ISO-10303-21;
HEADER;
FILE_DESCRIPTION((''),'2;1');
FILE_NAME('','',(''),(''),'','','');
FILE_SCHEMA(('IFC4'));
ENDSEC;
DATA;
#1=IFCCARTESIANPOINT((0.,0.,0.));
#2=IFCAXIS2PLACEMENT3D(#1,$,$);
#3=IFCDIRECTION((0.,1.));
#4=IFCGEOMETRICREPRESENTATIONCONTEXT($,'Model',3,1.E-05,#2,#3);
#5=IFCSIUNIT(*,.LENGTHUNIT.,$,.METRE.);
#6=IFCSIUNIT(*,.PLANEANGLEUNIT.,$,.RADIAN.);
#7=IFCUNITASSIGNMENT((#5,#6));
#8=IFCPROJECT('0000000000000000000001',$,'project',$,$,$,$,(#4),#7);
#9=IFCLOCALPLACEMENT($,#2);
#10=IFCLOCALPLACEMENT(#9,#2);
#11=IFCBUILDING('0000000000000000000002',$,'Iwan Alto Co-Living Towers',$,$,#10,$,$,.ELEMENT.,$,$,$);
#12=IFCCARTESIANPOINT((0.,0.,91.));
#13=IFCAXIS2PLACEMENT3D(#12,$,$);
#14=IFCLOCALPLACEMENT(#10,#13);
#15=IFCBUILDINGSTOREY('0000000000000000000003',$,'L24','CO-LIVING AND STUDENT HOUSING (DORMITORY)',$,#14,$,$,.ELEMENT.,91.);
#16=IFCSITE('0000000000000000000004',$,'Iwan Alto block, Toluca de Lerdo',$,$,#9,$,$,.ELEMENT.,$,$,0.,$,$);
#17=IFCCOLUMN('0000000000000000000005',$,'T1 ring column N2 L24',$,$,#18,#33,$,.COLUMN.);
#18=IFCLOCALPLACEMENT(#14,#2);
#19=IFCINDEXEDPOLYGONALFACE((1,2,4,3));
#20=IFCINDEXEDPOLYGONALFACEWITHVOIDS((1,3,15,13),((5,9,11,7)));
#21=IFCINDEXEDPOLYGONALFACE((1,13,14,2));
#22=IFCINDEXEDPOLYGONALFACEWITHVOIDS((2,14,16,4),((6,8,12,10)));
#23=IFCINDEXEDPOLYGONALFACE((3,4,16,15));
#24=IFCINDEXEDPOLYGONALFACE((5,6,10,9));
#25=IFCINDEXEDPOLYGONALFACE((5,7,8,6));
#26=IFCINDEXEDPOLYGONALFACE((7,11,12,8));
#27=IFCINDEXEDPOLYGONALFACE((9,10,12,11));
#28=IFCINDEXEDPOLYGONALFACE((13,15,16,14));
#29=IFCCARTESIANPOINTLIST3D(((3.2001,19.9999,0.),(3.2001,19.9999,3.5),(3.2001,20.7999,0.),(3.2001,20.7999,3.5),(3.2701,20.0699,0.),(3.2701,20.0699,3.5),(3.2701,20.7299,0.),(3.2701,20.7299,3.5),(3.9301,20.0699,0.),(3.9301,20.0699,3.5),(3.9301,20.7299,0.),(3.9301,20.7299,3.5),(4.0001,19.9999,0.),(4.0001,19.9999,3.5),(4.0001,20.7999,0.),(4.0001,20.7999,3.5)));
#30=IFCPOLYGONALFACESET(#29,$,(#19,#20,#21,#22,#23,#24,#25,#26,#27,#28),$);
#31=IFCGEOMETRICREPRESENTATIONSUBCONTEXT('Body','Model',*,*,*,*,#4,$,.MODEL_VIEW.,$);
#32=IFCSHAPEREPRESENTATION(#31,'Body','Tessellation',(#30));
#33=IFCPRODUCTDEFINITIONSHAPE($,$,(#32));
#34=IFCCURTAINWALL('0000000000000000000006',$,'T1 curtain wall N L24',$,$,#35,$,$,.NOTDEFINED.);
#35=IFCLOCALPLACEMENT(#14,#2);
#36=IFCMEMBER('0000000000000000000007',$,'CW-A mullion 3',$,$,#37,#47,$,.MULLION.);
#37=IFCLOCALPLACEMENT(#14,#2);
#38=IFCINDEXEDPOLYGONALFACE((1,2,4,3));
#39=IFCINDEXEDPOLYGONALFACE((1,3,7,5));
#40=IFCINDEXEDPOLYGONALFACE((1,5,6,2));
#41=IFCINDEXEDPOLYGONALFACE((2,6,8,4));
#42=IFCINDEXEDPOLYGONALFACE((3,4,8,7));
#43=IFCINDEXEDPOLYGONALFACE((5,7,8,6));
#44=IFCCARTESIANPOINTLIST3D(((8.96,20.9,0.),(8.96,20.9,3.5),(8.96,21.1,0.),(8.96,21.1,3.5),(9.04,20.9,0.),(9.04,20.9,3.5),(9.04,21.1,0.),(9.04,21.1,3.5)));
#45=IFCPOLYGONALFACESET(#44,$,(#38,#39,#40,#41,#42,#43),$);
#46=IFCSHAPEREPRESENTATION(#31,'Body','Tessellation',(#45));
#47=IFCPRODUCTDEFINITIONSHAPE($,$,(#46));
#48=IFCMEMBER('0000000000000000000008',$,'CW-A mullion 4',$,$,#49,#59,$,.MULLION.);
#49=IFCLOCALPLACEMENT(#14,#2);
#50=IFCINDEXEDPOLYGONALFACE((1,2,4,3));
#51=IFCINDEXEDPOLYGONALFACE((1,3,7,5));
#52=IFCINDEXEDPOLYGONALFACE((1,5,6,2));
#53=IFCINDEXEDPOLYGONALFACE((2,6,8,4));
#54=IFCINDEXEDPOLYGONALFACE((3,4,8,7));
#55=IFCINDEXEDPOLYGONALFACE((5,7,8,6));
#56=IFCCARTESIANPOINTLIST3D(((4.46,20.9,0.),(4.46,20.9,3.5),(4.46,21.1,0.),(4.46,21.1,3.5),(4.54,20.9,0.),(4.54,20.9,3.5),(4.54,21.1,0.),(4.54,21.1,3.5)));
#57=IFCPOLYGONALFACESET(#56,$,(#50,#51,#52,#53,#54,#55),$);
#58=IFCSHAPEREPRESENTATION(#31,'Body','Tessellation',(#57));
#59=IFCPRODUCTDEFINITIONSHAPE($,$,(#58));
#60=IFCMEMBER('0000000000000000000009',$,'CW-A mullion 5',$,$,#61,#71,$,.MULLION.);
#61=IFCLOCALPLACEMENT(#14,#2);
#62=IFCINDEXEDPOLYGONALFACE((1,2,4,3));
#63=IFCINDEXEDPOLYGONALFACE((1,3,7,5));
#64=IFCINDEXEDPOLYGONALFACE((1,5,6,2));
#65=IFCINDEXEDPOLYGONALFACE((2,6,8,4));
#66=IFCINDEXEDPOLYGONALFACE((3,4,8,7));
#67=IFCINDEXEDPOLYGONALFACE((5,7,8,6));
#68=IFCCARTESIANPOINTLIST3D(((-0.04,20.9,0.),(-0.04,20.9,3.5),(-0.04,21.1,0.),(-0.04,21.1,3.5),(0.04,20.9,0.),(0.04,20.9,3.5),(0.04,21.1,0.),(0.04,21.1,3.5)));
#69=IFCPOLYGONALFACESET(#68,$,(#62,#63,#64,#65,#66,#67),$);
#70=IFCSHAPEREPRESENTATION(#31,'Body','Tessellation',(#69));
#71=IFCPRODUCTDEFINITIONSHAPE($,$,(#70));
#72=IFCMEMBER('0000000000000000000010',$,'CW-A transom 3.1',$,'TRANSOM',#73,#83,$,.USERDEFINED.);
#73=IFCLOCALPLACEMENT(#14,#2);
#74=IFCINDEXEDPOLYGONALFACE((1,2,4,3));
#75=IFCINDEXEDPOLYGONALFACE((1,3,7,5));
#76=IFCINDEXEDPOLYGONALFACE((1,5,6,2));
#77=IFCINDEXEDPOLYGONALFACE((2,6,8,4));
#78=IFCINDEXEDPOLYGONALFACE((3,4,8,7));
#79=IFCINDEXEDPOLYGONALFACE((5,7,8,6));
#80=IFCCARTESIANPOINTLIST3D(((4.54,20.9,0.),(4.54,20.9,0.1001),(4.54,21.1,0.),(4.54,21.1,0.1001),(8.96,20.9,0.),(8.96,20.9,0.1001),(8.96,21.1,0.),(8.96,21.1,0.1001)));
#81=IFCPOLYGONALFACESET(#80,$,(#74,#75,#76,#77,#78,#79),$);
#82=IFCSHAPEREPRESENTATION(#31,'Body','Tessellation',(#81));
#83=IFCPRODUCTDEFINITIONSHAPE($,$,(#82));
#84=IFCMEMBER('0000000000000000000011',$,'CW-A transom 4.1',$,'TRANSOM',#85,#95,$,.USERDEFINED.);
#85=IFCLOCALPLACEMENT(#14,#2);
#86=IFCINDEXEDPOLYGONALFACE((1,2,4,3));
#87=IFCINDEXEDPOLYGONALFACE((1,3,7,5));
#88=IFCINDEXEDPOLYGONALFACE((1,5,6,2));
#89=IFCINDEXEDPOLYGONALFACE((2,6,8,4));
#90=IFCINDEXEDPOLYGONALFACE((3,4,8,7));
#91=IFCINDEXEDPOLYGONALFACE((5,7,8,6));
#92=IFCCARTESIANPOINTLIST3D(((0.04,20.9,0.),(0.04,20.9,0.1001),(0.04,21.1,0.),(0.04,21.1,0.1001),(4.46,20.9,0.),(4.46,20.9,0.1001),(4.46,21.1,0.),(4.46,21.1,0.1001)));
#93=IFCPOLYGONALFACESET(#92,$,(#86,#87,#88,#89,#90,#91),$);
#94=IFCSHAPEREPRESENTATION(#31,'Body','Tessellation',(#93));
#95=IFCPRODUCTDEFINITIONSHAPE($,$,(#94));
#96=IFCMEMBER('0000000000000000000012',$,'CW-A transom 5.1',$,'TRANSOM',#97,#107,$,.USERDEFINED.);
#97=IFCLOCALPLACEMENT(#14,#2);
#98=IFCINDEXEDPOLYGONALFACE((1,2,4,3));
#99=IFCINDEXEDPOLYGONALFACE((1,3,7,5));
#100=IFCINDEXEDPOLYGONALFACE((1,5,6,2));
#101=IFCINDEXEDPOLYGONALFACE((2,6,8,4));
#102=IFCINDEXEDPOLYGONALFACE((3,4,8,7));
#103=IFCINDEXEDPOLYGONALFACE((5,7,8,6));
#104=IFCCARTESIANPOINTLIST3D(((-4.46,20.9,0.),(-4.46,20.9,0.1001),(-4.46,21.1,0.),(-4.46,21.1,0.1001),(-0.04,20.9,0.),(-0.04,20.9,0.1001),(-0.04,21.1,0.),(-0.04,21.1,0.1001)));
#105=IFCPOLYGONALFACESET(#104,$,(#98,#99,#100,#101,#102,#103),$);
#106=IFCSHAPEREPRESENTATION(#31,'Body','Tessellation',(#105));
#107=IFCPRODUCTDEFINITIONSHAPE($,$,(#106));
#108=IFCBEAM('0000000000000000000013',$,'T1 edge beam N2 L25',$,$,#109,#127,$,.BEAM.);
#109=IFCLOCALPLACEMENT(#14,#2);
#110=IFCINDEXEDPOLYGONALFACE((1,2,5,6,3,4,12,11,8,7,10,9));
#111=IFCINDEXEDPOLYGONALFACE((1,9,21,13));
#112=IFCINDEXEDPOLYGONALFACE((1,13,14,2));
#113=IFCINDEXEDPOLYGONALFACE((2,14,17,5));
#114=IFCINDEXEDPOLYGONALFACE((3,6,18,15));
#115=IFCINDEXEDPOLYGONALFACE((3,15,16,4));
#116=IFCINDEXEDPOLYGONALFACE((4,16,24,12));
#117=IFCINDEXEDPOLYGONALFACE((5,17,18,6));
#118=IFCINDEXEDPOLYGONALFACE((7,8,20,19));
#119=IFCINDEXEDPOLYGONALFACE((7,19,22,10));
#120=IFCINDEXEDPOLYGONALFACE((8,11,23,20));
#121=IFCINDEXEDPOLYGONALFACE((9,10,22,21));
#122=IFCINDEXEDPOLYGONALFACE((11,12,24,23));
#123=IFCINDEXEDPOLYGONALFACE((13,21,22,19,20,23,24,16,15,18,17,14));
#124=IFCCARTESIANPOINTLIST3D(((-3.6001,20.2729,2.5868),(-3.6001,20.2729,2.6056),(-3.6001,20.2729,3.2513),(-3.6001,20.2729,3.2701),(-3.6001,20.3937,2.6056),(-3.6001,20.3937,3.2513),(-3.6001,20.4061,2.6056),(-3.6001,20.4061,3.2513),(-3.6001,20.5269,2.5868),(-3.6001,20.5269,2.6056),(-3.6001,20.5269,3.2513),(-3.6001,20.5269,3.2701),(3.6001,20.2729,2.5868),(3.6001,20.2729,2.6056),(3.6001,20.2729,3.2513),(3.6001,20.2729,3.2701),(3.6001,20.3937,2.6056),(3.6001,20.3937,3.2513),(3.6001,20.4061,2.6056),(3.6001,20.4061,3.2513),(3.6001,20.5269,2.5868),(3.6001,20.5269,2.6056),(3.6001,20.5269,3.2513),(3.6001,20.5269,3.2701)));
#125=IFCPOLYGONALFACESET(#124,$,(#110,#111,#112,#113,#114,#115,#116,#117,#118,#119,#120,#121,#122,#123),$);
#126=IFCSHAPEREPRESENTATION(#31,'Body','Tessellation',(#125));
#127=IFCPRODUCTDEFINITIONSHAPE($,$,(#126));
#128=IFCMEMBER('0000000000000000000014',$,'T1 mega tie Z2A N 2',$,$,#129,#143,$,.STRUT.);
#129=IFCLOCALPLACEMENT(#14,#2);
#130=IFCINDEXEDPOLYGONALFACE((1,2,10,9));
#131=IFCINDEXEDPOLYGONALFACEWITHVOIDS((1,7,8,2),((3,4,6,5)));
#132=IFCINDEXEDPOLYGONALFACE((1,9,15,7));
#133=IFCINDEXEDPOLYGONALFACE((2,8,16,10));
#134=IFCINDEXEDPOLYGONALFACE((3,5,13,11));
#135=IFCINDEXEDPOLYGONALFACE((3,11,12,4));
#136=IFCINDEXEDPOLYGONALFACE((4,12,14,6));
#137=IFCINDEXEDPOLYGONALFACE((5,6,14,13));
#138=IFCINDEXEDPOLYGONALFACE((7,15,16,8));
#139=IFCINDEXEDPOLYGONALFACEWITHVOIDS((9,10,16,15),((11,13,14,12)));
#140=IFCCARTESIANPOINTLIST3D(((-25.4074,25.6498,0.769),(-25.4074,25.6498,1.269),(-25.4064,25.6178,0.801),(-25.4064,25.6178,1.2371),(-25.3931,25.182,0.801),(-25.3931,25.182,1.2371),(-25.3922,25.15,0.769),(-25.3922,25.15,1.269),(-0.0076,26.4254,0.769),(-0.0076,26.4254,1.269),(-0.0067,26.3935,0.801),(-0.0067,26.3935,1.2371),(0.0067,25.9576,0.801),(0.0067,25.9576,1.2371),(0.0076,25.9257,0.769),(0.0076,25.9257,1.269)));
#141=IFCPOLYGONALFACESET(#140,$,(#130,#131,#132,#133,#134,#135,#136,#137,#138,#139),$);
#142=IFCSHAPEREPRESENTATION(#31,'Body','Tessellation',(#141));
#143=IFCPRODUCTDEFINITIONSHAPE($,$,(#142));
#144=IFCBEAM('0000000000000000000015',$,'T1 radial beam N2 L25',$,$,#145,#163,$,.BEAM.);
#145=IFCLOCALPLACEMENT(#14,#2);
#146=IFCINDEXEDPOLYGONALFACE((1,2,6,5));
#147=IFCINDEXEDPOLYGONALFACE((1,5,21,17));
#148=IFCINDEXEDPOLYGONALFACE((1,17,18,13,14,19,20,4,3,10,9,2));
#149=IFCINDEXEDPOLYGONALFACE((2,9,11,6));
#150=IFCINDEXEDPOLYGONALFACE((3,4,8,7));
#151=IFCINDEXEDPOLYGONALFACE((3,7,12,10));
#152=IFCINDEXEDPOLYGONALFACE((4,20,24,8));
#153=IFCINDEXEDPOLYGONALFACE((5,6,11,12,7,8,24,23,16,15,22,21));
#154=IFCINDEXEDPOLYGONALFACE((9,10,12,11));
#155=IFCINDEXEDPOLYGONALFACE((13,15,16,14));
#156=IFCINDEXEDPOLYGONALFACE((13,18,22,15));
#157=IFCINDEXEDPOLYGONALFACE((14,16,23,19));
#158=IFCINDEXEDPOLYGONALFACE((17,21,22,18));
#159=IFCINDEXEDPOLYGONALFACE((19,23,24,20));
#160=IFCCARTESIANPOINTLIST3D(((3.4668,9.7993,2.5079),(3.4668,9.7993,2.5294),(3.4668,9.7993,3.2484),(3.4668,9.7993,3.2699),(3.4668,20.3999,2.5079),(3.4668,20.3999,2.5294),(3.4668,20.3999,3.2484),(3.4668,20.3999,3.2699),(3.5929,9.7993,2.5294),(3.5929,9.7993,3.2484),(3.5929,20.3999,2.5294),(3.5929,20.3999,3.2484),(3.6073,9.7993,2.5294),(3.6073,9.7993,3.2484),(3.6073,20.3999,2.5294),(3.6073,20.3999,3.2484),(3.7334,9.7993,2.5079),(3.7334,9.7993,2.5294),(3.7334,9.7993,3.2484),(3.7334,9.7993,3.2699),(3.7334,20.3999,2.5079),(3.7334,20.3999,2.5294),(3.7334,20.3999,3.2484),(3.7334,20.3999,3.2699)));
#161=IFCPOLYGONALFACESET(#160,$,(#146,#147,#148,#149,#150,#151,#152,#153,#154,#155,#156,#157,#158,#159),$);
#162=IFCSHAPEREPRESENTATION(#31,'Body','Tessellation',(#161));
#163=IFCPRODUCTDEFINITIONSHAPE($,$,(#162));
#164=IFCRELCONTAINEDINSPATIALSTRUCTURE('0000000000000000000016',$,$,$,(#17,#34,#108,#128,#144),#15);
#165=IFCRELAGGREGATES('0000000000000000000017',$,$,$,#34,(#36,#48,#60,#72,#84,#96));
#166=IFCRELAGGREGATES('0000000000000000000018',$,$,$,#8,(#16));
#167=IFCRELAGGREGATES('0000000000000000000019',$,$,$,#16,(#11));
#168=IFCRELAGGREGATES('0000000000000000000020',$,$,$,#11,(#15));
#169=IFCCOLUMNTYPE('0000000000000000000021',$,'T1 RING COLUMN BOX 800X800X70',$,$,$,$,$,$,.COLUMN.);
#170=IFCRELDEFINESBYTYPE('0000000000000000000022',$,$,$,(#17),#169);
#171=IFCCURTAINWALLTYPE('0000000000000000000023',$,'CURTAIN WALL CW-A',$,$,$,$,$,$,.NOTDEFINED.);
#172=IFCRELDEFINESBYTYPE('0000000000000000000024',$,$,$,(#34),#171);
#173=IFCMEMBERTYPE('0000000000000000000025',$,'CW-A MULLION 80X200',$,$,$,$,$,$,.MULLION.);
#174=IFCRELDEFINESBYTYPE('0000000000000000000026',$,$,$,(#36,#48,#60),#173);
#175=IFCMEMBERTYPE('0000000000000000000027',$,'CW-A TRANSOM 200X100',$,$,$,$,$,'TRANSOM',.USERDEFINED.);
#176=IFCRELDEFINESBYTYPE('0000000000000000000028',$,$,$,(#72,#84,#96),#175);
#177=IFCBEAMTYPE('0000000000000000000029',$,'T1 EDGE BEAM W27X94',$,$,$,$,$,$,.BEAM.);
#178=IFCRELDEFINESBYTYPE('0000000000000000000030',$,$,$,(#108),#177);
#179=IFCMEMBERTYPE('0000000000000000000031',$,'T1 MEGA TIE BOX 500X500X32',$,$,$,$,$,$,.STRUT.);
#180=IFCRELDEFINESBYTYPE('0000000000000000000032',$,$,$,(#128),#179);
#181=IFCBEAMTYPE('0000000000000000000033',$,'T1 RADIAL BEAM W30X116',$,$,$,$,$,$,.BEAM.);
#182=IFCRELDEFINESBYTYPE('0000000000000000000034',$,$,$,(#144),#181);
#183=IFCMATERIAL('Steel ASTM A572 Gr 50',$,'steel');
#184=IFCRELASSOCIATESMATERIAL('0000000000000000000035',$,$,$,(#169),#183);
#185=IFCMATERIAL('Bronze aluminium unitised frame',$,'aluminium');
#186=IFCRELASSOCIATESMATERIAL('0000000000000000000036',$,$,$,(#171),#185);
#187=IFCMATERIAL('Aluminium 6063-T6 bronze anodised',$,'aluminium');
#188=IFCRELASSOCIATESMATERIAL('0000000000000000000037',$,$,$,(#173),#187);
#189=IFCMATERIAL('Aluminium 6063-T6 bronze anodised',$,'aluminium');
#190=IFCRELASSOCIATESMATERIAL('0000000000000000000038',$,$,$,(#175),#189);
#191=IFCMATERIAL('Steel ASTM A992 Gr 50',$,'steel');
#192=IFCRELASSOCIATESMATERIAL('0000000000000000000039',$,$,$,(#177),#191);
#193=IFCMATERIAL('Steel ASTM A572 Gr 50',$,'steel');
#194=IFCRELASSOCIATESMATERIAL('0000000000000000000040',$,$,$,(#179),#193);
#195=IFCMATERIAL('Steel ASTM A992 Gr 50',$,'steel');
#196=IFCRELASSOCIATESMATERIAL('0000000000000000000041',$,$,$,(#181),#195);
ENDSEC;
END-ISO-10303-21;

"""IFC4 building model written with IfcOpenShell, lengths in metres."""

from ifc_helpers import new_model, si_unit, direction, frame, origin, origin_2d, place, context, subcontext, project, spatial, rectangle, hollow_rectangle, i_section, extrude, material, material_profile, profile_set, type_object, element, aggregate, save


model = new_model("IFC4")

# Units and contexts
model_context = context("Model", 3, precision=1e-05, world=origin(), true_north=direction((0.0, 1.0)))
body_context = subcontext(model_context, "Body", "Model", "MODEL_VIEW")
ifc_project = project(units=[si_unit("LENGTHUNIT", "METRE"), si_unit("PLANEANGLEUNIT", "RADIAN")], contexts=[model_context])

# Site, building, storey
site_placement = place(None, origin())
site = spatial("IfcSite", under=ifc_project, at=site_placement, Name="Iwan Alto block, Toluca de Lerdo", CompositionType="ELEMENT", RefElevation=0.0)
building_placement = place(site_placement, origin())
building = spatial("IfcBuilding", under=site, at=building_placement, Name="Iwan Alto Co-Living Towers", CompositionType="ELEMENT")
storey_placement = place(building_placement, frame((0.0, 0.0, 91.0)))
storey = spatial("IfcBuildingStorey", under=building, at=storey_placement, Name="L24", Description="CO-LIVING AND STUDENT HOUSING (DORMITORY)", CompositionType="ELEMENT", Elevation=91.0)

# Column
ifc_material_1 = material(Name="Steel ASTM A572 Gr 50", Category="steel")
ifc_material_profile_1 = material_profile(ifc_material_1, hollow_rectangle(XDim=0.8, YDim=0.8, WallThickness=0.0701, at=origin_2d()), Name="BOX 800X800X70")
ifc_profile_set_1 = profile_set([ifc_material_profile_1], Name="Steel ASTM A572 Gr 50")
column_type = type_object("IfcColumnType", Name="T1 RING COLUMN BOX 800X800X70", PredefinedType="COLUMN", material=ifc_profile_set_1)
column_placement = place(storey_placement, frame((3.6001, 20.3999, 0.0), z_axis=(0.0, 0.0, 1.0), x_axis=(1.0, 0.0, 0.0)))
element("IfcColumn", 1, at=column_placement, inside=storey, type_object=column_type, Name="T1 ring column N2 L24", PredefinedType="COLUMN", context=body_context, shape_type="SweptSolid", body=[
    extrude(hollow_rectangle(XDim=0.8, YDim=0.8, WallThickness=0.0701, at=origin_2d()), origin(), (0.0, 0.0, 1.0), 3.5),
])

# Curtain wall, members
ifc_material_2 = material(Name="Bronze aluminium unitised frame", Category="aluminium")
curtain_wall_type = type_object("IfcCurtainWallType", Name="CURTAIN WALL CW-A", PredefinedType="NOTDEFINED", material=ifc_material_2)
curtain_wall_placement = place(storey_placement, origin())
curtain_wall = element("IfcCurtainWall", 2, at=curtain_wall_placement, inside=storey, type_object=curtain_wall_type, Name="T1 curtain wall N L24", PredefinedType="NOTDEFINED")
ifc_material_3 = material(Name="Aluminium 6063-T6 bronze anodised", Category="aluminium")
ifc_material_profile_2 = material_profile(ifc_material_3, rectangle(XDim=0.2, YDim=0.0801, at=origin_2d()), Name="AL 80X200")
ifc_profile_set_2 = profile_set([ifc_material_profile_2], Name="Aluminium 6063-T6 bronze anodised")
member_type_1 = type_object("IfcMemberType", Name="CW-A MULLION 80X200", PredefinedType="MULLION", material=ifc_profile_set_2)
member_1_placement = place(storey_placement, frame((9.0, 21.0, 0.0), z_axis=(0.0, 0.0, 1.0), x_axis=(0.0, -1.0, 0.0)))
member_1 = element("IfcMember", 3, at=member_1_placement, type_object=member_type_1, Name="CW-A mullion 3", PredefinedType="MULLION", context=body_context, shape_type="SweptSolid", body=[
    extrude(rectangle(XDim=0.2, YDim=0.0801, at=origin_2d()), origin(), (0.0, 0.0, 1.0), 3.5),
])
member_2_placement = place(storey_placement, frame((4.5, 21.0, 0.0), z_axis=(0.0, 0.0, 1.0), x_axis=(0.0, -1.0, 0.0)))
member_2 = element("IfcMember", 4, at=member_2_placement, type_object=member_type_1, Name="CW-A mullion 4", PredefinedType="MULLION", context=body_context, shape_type="SweptSolid", body=[
    extrude(rectangle(XDim=0.2, YDim=0.0801, at=origin_2d()), origin(), (0.0, 0.0, 1.0), 3.5),
])
member_3_placement = place(storey_placement, frame((0.0, 21.0, 0.0), z_axis=(0.0, 0.0, 1.0), x_axis=(0.0, -1.0, 0.0)))
member_3 = element("IfcMember", 5, at=member_3_placement, type_object=member_type_1, Name="CW-A mullion 5", PredefinedType="MULLION", context=body_context, shape_type="SweptSolid", body=[
    extrude(rectangle(XDim=0.2, YDim=0.0801, at=origin_2d()), origin(), (0.0, 0.0, 1.0), 3.5),
])
ifc_material_4 = material(Name="Aluminium 6063-T6 bronze anodised", Category="aluminium")
ifc_material_profile_3 = material_profile(ifc_material_4, rectangle(XDim=0.2, YDim=0.1001, at=origin_2d()), Name="AL 200X100")
ifc_profile_set_3 = profile_set([ifc_material_profile_3], Name="Aluminium 6063-T6 bronze anodised")
member_type_2 = type_object("IfcMemberType", Name="CW-A TRANSOM 200X100", ElementType="TRANSOM", PredefinedType="USERDEFINED", material=ifc_profile_set_3)
member_4_placement = place(storey_placement, frame((8.96, 21.0, 0.05), z_axis=(-1.0, 0.0, 0.0), x_axis=(0.0, -1.0, 0.0)))
member_4 = element("IfcMember", 6, at=member_4_placement, type_object=member_type_2, Name="CW-A transom 3.1", ObjectType="TRANSOM", PredefinedType="USERDEFINED", context=body_context, shape_type="SweptSolid", body=[
    extrude(rectangle(XDim=0.2, YDim=0.1001, at=origin_2d()), origin(), (0.0, 0.0, 1.0), 4.4199),
])
member_5_placement = place(storey_placement, frame((4.46, 21.0, 0.05), z_axis=(-1.0, 0.0, 0.0), x_axis=(0.0, -1.0, 0.0)))
member_5 = element("IfcMember", 7, at=member_5_placement, type_object=member_type_2, Name="CW-A transom 4.1", ObjectType="TRANSOM", PredefinedType="USERDEFINED", context=body_context, shape_type="SweptSolid", body=[
    extrude(rectangle(XDim=0.2, YDim=0.1001, at=origin_2d()), origin(), (0.0, 0.0, 1.0), 4.4199),
])
member_6_placement = place(storey_placement, frame((-0.04, 21.0, 0.05), z_axis=(-1.0, 0.0, 0.0), x_axis=(0.0, -1.0, 0.0)))
member_6 = element("IfcMember", 8, at=member_6_placement, type_object=member_type_2, Name="CW-A transom 5.1", ObjectType="TRANSOM", PredefinedType="USERDEFINED", context=body_context, shape_type="SweptSolid", body=[
    extrude(rectangle(XDim=0.2, YDim=0.1001, at=origin_2d()), origin(), (0.0, 0.0, 1.0), 4.4199),
])

# Beam
ifc_material_5 = material(Name="Steel ASTM A992 Gr 50", Category="steel")
ifc_material_profile_4 = material_profile(ifc_material_5, i_section(OverallWidth=0.2539, OverallDepth=0.6833, WebThickness=0.0125, FlangeThickness=0.0188, at=origin_2d()), Name="W27X94")
ifc_profile_set_4 = profile_set([ifc_material_profile_4], Name="Steel ASTM A992 Gr 50")
beam_type_1 = type_object("IfcBeamType", Name="T1 EDGE BEAM W27X94", PredefinedType="BEAM", material=ifc_profile_set_4)
beam_1_placement = place(storey_placement, frame((3.6001, 20.3999, 2.9285), z_axis=(-1.0, 0.0, 0.0), x_axis=(0.0, -1.0, 0.0)))
element("IfcBeam", 9, at=beam_1_placement, inside=storey, type_object=beam_type_1, Name="T1 edge beam N2 L25", PredefinedType="BEAM", context=body_context, shape_type="SweptSolid", body=[
    extrude(i_section(OverallWidth=0.2539, OverallDepth=0.6833, WebThickness=0.0125, FlangeThickness=0.0188, at=origin_2d()), origin(), (0.0, 0.0, 1.0), 7.2002),
])

# Member
ifc_material_6 = material(Name="Steel ASTM A572 Gr 50", Category="steel")
ifc_material_profile_5 = material_profile(ifc_material_6, hollow_rectangle(XDim=0.5, YDim=0.5, WallThickness=0.032, at=origin_2d()), Name="BOX 500X500X32")
ifc_profile_set_5 = profile_set([ifc_material_profile_5], Name="Steel ASTM A572 Gr 50")
member_type_3 = type_object("IfcMemberType", Name="T1 MEGA TIE BOX 500X500X32", PredefinedType="STRUT", material=ifc_profile_set_5)
member_7_placement = place(storey_placement, frame((0.0, 26.1755, 1.019), z_axis=(-0.999534, -0.030523, 0.0), x_axis=(0.030523, -0.999534, 0.0)))
element("IfcMember", 10, at=member_7_placement, inside=storey, type_object=member_type_3, Name="T1 mega tie Z2A N 2", PredefinedType="STRUT", context=body_context, shape_type="SweptSolid", body=[
    extrude(hollow_rectangle(XDim=0.5, YDim=0.5, WallThickness=0.032, at=origin_2d()), origin(), (0.0, 0.0, 1.0), 25.4116),
])

# Beam
ifc_material_7 = material(Name="Steel ASTM A992 Gr 50", Category="steel")
ifc_material_profile_6 = material_profile(ifc_material_7, i_section(OverallWidth=0.2666, OverallDepth=0.762, WebThickness=0.0144, FlangeThickness=0.0215, at=origin_2d()), Name="W30X116")
ifc_profile_set_6 = profile_set([ifc_material_profile_6], Name="Steel ASTM A992 Gr 50")
beam_type_2 = type_object("IfcBeamType", Name="T1 RADIAL BEAM W30X116", PredefinedType="BEAM", material=ifc_profile_set_6)
beam_2_placement = place(storey_placement, frame((3.6001, 20.3999, 2.8889), z_axis=(0.0, -1.0, 0.0), x_axis=(1.0, 0.0, 0.0)))
element("IfcBeam", 11, at=beam_2_placement, inside=storey, type_object=beam_type_2, Name="T1 radial beam N2 L25", PredefinedType="BEAM", context=body_context, shape_type="SweptSolid", body=[
    extrude(i_section(OverallWidth=0.2666, OverallDepth=0.762, WebThickness=0.0144, FlangeThickness=0.0215, at=origin_2d()), origin(), (0.0, 0.0, 1.0), 10.6006),
])

aggregate(curtain_wall, [member_1, member_2, member_3, member_4, member_5, member_6])

save(model, "model.ifc")
